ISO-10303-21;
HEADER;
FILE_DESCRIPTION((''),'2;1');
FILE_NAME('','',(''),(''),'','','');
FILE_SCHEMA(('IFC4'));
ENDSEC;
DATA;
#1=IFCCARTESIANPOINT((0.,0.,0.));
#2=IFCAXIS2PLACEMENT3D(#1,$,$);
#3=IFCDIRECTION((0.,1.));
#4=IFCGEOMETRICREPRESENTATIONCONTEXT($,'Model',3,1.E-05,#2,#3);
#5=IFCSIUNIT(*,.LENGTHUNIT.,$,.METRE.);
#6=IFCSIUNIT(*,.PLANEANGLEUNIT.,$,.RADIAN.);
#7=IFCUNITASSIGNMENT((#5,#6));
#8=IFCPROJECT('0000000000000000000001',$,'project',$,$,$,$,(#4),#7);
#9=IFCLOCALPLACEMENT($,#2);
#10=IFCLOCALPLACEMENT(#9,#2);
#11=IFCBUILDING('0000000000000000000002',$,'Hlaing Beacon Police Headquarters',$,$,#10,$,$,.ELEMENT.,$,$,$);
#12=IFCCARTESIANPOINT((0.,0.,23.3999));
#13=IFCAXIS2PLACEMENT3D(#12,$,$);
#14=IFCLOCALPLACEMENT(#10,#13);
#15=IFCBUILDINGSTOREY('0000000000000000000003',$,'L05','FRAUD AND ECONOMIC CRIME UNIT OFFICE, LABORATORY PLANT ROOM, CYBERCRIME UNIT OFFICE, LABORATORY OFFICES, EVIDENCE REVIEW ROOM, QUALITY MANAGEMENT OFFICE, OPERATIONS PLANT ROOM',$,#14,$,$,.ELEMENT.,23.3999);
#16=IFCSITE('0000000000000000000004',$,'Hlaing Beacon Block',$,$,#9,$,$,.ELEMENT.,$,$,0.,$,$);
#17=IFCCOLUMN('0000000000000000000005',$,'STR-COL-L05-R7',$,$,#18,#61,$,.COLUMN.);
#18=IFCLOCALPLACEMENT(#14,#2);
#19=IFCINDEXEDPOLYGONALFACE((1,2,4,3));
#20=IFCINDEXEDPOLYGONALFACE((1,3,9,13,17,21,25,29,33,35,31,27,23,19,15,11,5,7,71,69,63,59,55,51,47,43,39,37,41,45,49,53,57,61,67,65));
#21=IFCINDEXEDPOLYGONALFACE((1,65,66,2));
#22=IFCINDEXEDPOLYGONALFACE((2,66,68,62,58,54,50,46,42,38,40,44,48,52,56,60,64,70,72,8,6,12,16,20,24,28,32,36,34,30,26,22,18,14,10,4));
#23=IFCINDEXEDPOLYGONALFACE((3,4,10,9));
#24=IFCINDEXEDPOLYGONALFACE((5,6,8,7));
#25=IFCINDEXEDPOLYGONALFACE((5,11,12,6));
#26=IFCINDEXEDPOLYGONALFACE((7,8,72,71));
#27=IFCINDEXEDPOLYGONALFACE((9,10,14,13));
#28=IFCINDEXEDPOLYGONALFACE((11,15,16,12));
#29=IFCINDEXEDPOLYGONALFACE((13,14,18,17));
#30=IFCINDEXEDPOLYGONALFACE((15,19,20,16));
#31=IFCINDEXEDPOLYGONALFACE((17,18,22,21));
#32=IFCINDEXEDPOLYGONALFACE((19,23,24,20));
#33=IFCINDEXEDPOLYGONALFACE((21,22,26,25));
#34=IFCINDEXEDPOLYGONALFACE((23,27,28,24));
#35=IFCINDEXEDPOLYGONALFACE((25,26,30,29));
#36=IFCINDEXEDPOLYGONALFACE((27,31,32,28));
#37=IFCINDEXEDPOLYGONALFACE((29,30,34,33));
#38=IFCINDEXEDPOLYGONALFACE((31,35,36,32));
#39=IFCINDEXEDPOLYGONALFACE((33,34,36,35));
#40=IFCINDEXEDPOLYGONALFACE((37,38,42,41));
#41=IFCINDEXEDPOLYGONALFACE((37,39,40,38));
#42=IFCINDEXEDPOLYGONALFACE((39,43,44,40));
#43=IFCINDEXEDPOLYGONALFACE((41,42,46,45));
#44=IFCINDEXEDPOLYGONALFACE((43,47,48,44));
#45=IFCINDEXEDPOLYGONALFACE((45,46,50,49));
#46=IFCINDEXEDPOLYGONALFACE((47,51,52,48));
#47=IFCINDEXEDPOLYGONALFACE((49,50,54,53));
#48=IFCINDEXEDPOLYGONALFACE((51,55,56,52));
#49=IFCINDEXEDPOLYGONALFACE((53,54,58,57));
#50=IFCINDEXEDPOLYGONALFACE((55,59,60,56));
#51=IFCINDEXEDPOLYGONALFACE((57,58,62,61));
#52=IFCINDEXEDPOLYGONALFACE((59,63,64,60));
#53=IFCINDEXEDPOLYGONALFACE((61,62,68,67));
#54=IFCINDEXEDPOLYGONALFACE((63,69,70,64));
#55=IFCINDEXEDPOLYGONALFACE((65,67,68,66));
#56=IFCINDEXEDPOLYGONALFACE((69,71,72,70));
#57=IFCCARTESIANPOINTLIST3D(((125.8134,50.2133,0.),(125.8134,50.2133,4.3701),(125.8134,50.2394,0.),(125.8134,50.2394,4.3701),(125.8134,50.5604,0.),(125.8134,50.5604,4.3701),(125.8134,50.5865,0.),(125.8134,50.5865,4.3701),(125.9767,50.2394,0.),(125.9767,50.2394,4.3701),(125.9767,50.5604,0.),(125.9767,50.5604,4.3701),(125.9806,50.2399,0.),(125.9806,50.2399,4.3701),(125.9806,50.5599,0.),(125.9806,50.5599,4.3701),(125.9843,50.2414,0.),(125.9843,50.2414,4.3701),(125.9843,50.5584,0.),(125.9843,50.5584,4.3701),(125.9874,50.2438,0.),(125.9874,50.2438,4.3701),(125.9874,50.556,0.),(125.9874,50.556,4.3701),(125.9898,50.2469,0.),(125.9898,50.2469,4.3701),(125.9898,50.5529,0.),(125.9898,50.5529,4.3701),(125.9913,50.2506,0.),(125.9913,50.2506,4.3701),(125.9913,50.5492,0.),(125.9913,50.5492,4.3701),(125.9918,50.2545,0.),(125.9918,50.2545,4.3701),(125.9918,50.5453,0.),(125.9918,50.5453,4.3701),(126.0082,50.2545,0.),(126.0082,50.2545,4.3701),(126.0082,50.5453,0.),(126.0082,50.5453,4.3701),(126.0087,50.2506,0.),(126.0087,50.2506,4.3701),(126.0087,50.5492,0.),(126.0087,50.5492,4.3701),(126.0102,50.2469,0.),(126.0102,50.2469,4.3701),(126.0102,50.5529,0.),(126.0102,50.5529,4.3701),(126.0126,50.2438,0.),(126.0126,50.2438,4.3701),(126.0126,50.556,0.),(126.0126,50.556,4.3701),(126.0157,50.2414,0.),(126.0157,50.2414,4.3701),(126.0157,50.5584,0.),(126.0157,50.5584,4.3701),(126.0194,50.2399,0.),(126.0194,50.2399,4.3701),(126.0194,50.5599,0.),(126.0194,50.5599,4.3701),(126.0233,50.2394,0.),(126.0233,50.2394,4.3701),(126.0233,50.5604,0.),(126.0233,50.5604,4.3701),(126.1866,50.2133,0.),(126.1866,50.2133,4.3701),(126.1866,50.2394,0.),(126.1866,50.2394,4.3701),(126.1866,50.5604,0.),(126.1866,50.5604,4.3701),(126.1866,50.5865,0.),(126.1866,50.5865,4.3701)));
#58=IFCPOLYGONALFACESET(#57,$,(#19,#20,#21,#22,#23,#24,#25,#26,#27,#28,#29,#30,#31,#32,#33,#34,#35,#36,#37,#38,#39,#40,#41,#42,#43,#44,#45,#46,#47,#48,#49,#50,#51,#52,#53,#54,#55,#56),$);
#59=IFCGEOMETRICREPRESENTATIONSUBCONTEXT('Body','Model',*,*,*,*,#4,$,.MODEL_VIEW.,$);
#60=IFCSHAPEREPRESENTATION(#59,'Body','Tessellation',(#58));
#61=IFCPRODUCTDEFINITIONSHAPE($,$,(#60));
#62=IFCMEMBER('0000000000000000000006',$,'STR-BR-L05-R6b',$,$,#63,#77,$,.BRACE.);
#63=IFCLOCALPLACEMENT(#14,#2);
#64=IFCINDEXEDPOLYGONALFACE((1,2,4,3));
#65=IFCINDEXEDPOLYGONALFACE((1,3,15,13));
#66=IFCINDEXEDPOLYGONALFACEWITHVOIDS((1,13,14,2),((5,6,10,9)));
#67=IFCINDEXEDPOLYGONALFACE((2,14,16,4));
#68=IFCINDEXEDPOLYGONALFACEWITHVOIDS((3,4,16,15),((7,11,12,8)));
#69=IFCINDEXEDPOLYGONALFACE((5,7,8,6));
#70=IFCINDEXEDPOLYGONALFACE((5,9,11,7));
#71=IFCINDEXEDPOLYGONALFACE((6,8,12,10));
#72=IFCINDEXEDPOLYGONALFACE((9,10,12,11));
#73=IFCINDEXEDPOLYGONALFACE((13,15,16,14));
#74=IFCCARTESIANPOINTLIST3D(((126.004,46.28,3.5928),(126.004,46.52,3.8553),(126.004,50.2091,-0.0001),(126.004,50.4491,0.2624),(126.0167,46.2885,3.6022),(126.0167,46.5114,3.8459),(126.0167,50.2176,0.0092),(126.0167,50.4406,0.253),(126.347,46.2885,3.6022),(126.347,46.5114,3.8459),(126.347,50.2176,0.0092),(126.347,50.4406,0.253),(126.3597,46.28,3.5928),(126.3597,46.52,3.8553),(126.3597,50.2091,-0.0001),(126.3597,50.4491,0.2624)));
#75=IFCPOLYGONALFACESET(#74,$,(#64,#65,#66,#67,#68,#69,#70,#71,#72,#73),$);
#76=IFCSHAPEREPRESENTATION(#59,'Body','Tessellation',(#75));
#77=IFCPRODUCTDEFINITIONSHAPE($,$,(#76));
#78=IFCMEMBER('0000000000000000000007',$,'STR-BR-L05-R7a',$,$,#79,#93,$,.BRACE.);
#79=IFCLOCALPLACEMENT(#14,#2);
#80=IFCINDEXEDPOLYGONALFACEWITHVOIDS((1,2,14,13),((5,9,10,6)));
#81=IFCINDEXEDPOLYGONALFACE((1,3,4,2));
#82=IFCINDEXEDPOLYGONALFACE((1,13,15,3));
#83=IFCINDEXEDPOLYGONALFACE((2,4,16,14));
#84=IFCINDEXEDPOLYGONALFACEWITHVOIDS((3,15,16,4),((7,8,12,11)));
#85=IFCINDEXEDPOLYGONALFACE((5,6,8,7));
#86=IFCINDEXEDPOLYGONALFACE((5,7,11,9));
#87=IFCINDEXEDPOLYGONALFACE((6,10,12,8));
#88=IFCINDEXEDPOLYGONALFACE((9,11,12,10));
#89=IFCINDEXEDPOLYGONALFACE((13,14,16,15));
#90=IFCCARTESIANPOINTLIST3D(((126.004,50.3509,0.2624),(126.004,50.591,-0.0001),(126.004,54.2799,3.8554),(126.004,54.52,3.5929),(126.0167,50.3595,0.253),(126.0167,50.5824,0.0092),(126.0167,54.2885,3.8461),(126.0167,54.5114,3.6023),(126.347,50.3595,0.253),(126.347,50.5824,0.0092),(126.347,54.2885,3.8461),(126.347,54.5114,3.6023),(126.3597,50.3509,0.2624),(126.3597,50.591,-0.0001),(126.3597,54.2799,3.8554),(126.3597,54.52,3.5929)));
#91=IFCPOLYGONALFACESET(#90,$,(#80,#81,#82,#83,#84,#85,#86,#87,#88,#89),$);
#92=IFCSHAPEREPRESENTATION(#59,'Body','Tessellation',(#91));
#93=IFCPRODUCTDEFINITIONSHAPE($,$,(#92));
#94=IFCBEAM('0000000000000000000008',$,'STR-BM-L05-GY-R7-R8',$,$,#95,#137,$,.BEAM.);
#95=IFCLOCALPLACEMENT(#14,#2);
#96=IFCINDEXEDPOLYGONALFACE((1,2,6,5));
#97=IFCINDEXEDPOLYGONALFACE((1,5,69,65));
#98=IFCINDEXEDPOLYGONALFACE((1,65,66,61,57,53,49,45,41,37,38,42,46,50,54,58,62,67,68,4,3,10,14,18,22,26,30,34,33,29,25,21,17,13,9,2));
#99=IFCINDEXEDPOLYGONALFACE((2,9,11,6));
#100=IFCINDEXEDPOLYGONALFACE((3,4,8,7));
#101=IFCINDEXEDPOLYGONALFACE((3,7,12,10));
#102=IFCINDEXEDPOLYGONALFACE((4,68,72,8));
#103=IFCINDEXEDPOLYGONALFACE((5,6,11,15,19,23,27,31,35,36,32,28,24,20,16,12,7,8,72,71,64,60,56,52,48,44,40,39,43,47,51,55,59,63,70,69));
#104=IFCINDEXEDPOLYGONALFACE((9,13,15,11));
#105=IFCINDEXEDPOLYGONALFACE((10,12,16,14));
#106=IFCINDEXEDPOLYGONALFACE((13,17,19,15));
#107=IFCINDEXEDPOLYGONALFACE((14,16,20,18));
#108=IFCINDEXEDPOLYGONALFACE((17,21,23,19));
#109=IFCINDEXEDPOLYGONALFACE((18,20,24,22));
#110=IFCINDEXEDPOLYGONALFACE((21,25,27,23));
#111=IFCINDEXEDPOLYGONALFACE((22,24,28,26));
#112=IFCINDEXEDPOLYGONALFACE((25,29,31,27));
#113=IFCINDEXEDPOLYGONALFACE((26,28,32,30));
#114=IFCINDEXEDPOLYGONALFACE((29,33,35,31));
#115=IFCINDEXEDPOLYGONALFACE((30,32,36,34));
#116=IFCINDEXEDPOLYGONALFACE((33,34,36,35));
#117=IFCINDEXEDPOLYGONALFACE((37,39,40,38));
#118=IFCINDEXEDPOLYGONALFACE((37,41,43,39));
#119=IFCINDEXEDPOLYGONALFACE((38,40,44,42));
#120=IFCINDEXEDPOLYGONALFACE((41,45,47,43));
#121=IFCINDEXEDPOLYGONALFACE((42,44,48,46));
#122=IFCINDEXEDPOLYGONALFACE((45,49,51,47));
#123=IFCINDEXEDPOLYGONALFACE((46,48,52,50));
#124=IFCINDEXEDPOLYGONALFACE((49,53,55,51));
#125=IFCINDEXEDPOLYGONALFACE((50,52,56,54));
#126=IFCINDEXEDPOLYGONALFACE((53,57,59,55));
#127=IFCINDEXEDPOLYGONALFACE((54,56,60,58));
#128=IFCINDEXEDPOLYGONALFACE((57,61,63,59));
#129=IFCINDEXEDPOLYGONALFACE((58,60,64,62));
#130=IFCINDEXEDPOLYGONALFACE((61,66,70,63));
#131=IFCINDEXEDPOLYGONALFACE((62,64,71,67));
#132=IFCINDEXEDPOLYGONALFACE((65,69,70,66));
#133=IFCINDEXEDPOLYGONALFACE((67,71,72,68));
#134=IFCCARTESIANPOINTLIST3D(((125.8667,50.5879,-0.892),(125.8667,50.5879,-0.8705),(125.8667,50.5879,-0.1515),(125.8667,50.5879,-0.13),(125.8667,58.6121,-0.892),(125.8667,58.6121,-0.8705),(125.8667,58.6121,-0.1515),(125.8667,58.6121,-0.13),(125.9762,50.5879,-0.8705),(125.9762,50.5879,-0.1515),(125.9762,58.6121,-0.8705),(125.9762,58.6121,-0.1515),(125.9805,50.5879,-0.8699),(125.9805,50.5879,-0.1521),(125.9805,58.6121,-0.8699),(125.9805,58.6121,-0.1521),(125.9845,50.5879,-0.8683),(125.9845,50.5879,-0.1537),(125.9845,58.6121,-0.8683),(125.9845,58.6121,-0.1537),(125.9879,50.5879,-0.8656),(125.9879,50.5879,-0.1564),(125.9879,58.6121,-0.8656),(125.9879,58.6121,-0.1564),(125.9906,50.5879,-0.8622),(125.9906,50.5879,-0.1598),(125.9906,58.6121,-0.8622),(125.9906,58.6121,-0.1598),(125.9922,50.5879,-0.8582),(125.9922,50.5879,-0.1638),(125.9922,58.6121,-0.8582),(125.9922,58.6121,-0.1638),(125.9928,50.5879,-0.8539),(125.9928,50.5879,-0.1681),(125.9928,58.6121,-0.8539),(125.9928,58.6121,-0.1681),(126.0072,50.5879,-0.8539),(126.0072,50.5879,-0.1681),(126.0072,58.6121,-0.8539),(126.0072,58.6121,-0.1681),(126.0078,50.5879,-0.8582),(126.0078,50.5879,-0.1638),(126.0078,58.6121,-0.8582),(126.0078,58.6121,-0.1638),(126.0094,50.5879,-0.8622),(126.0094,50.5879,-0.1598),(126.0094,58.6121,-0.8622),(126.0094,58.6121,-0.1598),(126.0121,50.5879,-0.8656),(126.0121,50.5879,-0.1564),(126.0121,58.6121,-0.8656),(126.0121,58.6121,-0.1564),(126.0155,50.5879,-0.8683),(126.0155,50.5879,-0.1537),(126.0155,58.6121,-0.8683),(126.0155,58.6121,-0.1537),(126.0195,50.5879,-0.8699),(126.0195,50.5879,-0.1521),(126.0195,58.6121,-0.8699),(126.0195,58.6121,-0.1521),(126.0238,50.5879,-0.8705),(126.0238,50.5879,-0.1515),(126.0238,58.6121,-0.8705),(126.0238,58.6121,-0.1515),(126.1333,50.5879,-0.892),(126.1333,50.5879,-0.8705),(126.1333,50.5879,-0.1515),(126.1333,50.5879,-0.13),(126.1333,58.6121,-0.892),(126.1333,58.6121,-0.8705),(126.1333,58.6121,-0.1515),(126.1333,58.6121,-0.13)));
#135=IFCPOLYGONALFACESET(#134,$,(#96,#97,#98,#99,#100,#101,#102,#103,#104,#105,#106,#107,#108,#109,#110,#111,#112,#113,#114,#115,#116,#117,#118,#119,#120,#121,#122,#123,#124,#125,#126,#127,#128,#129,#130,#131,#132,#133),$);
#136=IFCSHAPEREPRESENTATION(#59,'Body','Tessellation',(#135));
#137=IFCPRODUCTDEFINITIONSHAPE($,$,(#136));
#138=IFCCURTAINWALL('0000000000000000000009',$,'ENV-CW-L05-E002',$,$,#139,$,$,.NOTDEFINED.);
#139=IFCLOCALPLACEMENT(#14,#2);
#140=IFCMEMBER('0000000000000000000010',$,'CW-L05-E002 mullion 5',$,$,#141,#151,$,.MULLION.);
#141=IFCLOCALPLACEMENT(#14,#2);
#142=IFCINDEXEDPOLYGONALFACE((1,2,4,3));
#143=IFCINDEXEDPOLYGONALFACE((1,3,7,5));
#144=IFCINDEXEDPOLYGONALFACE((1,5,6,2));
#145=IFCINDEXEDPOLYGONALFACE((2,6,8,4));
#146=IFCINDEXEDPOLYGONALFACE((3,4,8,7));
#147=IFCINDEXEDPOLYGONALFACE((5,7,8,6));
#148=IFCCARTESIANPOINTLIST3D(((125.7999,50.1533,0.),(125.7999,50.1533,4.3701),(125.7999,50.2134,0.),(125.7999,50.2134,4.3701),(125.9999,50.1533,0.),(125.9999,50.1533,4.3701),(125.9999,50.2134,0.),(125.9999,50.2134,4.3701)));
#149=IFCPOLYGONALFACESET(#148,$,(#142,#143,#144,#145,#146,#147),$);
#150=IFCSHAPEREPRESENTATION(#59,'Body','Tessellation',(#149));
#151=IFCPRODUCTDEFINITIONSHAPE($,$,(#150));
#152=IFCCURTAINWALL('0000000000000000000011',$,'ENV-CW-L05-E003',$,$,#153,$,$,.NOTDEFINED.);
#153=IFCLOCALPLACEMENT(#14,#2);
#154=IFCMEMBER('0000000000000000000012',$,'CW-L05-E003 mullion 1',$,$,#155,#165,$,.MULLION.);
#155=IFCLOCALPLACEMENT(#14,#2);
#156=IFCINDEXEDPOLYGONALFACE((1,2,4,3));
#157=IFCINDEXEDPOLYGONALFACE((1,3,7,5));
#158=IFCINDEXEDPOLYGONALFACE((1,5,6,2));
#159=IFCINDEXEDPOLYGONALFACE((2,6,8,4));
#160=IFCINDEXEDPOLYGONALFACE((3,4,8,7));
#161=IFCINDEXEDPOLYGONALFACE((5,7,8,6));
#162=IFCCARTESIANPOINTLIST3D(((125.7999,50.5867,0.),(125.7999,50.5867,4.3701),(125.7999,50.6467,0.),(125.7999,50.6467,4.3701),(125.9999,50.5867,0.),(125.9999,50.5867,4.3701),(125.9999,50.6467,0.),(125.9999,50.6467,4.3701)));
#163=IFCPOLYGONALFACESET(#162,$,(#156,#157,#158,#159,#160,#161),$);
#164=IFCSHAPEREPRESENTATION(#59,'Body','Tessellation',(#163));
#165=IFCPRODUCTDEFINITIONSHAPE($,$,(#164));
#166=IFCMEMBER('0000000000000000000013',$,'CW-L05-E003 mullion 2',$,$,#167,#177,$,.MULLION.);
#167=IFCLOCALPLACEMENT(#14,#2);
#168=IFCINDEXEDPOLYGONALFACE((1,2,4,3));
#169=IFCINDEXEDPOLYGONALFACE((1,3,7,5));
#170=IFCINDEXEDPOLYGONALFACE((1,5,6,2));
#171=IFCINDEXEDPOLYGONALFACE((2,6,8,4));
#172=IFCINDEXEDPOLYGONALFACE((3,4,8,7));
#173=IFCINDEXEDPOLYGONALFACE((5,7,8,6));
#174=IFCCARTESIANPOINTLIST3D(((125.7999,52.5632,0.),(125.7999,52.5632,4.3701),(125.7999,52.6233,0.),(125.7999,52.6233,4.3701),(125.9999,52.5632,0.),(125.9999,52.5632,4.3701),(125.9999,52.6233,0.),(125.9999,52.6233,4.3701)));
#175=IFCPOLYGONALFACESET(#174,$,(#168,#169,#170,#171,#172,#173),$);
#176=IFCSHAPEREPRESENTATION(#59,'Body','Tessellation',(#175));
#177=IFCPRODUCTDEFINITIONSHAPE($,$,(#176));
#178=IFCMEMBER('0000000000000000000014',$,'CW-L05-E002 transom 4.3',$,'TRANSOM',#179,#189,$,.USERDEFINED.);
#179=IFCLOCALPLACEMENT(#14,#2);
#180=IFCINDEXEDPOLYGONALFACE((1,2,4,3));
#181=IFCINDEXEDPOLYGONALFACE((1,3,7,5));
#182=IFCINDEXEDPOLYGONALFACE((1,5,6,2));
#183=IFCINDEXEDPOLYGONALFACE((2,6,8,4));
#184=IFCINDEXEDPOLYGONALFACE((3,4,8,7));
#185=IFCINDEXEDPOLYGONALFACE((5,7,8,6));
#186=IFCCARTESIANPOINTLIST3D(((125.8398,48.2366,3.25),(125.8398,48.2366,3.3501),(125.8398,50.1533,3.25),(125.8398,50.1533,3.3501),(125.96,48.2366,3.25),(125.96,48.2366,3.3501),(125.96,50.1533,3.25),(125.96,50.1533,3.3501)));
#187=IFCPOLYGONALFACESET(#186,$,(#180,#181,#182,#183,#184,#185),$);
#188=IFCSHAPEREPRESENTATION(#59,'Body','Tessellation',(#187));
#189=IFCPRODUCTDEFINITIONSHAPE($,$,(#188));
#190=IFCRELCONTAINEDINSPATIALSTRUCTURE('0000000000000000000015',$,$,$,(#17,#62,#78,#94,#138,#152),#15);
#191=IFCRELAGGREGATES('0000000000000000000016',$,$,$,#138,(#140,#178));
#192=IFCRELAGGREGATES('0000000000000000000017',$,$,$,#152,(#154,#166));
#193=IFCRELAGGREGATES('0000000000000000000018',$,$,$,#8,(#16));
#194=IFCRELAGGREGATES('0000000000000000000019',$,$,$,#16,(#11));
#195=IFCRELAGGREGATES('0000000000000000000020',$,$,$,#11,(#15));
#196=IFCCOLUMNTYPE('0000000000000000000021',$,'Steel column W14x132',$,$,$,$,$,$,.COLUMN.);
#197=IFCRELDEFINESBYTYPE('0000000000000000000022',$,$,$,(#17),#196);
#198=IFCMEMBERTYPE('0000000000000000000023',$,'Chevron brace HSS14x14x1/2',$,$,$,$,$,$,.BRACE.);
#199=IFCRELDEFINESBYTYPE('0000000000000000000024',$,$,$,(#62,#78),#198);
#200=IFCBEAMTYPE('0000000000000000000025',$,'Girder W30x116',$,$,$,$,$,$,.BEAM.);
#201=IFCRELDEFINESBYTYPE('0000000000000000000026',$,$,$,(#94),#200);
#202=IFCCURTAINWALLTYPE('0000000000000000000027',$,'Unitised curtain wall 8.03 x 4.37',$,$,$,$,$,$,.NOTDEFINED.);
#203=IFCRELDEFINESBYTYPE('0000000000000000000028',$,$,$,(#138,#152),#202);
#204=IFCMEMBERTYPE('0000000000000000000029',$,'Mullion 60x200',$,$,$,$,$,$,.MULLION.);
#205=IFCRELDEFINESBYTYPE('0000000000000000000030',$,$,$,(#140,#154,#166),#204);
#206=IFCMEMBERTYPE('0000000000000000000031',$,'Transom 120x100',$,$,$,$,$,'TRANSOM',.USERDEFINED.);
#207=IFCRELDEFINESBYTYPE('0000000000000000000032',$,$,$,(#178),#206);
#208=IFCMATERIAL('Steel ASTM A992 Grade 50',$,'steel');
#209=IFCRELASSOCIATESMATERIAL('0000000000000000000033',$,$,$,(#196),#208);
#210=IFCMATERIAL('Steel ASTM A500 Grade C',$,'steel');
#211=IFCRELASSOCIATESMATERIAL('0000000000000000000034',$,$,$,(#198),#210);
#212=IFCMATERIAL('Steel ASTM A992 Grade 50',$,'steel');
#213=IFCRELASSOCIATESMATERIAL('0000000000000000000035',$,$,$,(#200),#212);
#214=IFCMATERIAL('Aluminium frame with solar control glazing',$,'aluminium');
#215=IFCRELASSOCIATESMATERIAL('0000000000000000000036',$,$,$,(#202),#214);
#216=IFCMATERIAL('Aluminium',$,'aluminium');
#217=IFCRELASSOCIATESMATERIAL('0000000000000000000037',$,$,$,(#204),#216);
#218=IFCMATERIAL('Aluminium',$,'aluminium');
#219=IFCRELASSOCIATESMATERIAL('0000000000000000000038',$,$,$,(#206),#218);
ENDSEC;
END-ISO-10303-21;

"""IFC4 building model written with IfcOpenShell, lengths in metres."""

from ifc_helpers import new_model, si_unit, direction, frame, origin, origin_2d, place, context, subcontext, project, spatial, rectangle, hollow_rectangle, i_section, extrude, material, material_profile, profile_set, type_object, element, aggregate, save


model = new_model("IFC4")

# Units and contexts
model_context = context("Model", 3, precision=1e-05, world=origin(), true_north=direction((0.0, 1.0)))
body_context = subcontext(model_context, "Body", "Model", "MODEL_VIEW")
ifc_project = project(units=[si_unit("LENGTHUNIT", "METRE"), si_unit("PLANEANGLEUNIT", "RADIAN")], contexts=[model_context])

# Site, building, storey
site_placement = place(None, origin())
site = spatial("IfcSite", under=ifc_project, at=site_placement, Name="Hlaing Beacon Block", CompositionType="ELEMENT", RefElevation=0.0)
building_placement = place(site_placement, origin())
building = spatial("IfcBuilding", under=site, at=building_placement, Name="Hlaing Beacon Police Headquarters", CompositionType="ELEMENT")
storey_placement = place(building_placement, frame((0.0, 0.0, 23.3999)))
storey = spatial("IfcBuildingStorey", under=building, at=storey_placement, Name="L05", Description="FRAUD AND ECONOMIC CRIME UNIT OFFICE, LABORATORY PLANT ROOM, CYBERCRIME UNIT OFFICE, LABORATORY OFFICES, EVIDENCE REVIEW ROOM, QUALITY MANAGEMENT OFFICE, OPERATIONS PLANT ROOM", CompositionType="ELEMENT", Elevation=23.3999)

# Column
ifc_material_1 = material(Name="Steel ASTM A992 Grade 50", Category="steel")
ifc_material_profile_1 = material_profile(ifc_material_1, i_section(OverallWidth=0.3733, OverallDepth=0.3733, WebThickness=0.0164, FlangeThickness=0.0261, FilletRadius=0.0151, at=origin_2d()), Name="W14x132")
ifc_profile_set_1 = profile_set([ifc_material_profile_1], Name="Steel ASTM A992 Grade 50")
column_type = type_object("IfcColumnType", Name="Steel column W14x132", PredefinedType="COLUMN", material=ifc_profile_set_1)
column_placement = place(storey_placement, frame((126.0, 50.3999, 0.0), z_axis=(0.0, 0.0, 1.0), x_axis=(1.0, 0.0, 0.0)))
element("IfcColumn", 1, at=column_placement, inside=storey, type_object=column_type, Name="STR-COL-L05-R7", PredefinedType="COLUMN", context=body_context, shape_type="SweptSolid", body=[
    extrude(i_section(OverallWidth=0.3733, OverallDepth=0.3733, WebThickness=0.0164, FlangeThickness=0.0261, FilletRadius=0.0151, at=origin_2d()), origin(), (0.0, 0.0, 1.0), 4.3701),
])

# Members
ifc_material_2 = material(Name="Steel ASTM A500 Grade C", Category="steel")
ifc_material_profile_2 = material_profile(ifc_material_2, hollow_rectangle(XDim=0.3557, YDim=0.3557, WallThickness=0.0127, at=origin_2d()), Name="HSS14x14x1/2")
ifc_profile_set_2 = profile_set([ifc_material_profile_2], Name="Steel ASTM A500 Grade C")
member_type_1 = type_object("IfcMemberType", Name="Chevron brace HSS14x14x1/2", PredefinedType="BRACE", material=ifc_profile_set_2)
for number, where, z_axis, x_axis, name in (
    (2, (126.1819, 50.3291, 0.1311), (0.0, -0.737972, 0.674831), (1.0, 0.0, 0.0), "STR-BR-L05-R6b"),
    (3, (126.1819, 50.4709, 0.1311), (0.0, 0.737951, 0.674854), (-1.0, 0.0, 0.0), "STR-BR-L05-R7a"),
):
    element("IfcMember", number, at=place(storey_placement, frame(where, z_axis=z_axis, x_axis=x_axis)), inside=storey, type_object=member_type_1, Name=name, PredefinedType="BRACE", context=body_context, shape_type="SweptSolid", body=[
        extrude(hollow_rectangle(XDim=0.3557, YDim=0.3557, WallThickness=0.0127, at=origin_2d()), origin(), (0.0, 0.0, 1.0), 5.3242),
    ])

# Beam
ifc_material_3 = material(Name="Steel ASTM A992 Grade 50", Category="steel")
ifc_material_profile_3 = material_profile(ifc_material_3, i_section(OverallWidth=0.2666, OverallDepth=0.762, WebThickness=0.0144, FlangeThickness=0.0215, FilletRadius=0.0166, at=origin_2d()), Name="W30x116")
ifc_profile_set_3 = profile_set([ifc_material_profile_3], Name="Steel ASTM A992 Grade 50")
beam_type = type_object("IfcBeamType", Name="Girder W30x116", PredefinedType="BEAM", material=ifc_profile_set_3)
beam_placement = place(storey_placement, frame((126.0, 50.5879, -0.511), z_axis=(0.0, 1.0, 0.0), x_axis=(-1.0, 0.0, 0.0)))
element("IfcBeam", 4, at=beam_placement, inside=storey, type_object=beam_type, Name="STR-BM-L05-GY-R7-R8", PredefinedType="BEAM", context=body_context, shape_type="SweptSolid", body=[
    extrude(i_section(OverallWidth=0.2666, OverallDepth=0.762, WebThickness=0.0144, FlangeThickness=0.0215, FilletRadius=0.0166, at=origin_2d()), origin(), (0.0, 0.0, 1.0), 8.0242),
])

# Curtain wall, member
ifc_material_4 = material(Name="Aluminium frame with solar control glazing", Category="aluminium")
curtain_wall_type = type_object("IfcCurtainWallType", Name="Unitised curtain wall 8.03 x 4.37", PredefinedType="NOTDEFINED", material=ifc_material_4)
curtain_wall_1_placement = place(storey_placement, origin())
curtain_wall_1 = element("IfcCurtainWall", 5, at=curtain_wall_1_placement, inside=storey, type_object=curtain_wall_type, Name="ENV-CW-L05-E002", PredefinedType="NOTDEFINED")
ifc_material_5 = material(Name="Aluminium", Category="aluminium")
ifc_material_profile_4 = material_profile(ifc_material_5, rectangle(XDim=0.2, YDim=0.0601, at=origin_2d()), Name="Mullion 60x200")
ifc_profile_set_4 = profile_set([ifc_material_profile_4], Name="Aluminium")
member_type_2 = type_object("IfcMemberType", Name="Mullion 60x200", PredefinedType="MULLION", material=ifc_profile_set_4)
member_1_placement = place(storey_placement, frame((125.8999, 50.1833, 0.0), z_axis=(0.0, 0.0, 1.0), x_axis=(-1.0, 0.0, 0.0)))
member_1 = element("IfcMember", 6, at=member_1_placement, type_object=member_type_2, Name="CW-L05-E002 mullion 5", PredefinedType="MULLION", context=body_context, shape_type="SweptSolid", body=[
    extrude(rectangle(XDim=0.2, YDim=0.0601, at=origin_2d()), origin(), (0.0, 0.0, 1.0), 4.3701),
])

# Curtain wall, members
curtain_wall_2_placement = place(storey_placement, origin())
curtain_wall_2 = element("IfcCurtainWall", 7, at=curtain_wall_2_placement, inside=storey, type_object=curtain_wall_type, Name="ENV-CW-L05-E003", PredefinedType="NOTDEFINED")
member_2_placement = place(storey_placement, frame((125.8999, 50.6167, 0.0), z_axis=(0.0, 0.0, 1.0), x_axis=(-1.0, 0.0, 0.0)))
member_2 = element("IfcMember", 8, at=member_2_placement, type_object=member_type_2, Name="CW-L05-E003 mullion 1", PredefinedType="MULLION", context=body_context, shape_type="SweptSolid", body=[
    extrude(rectangle(XDim=0.2, YDim=0.0601, at=origin_2d()), origin(), (0.0, 0.0, 1.0), 4.3701),
])
member_3_placement = place(storey_placement, frame((125.8999, 52.5933, 0.0), z_axis=(0.0, 0.0, 1.0), x_axis=(-1.0, 0.0, 0.0)))
member_3 = element("IfcMember", 9, at=member_3_placement, type_object=member_type_2, Name="CW-L05-E003 mullion 2", PredefinedType="MULLION", context=body_context, shape_type="SweptSolid", body=[
    extrude(rectangle(XDim=0.2, YDim=0.0601, at=origin_2d()), origin(), (0.0, 0.0, 1.0), 4.3701),
])

# Member
ifc_material_6 = material(Name="Aluminium", Category="aluminium")
ifc_material_profile_5 = material_profile(ifc_material_6, rectangle(XDim=0.1201, YDim=0.1001, at=origin_2d()), Name="Transom 120x100")
ifc_profile_set_5 = profile_set([ifc_material_profile_5], Name="Aluminium")
member_type_3 = type_object("IfcMemberType", Name="Transom 120x100", ElementType="TRANSOM", PredefinedType="USERDEFINED", material=ifc_profile_set_5)
member_4_placement = place(storey_placement, frame((125.8999, 48.2366, 3.3), z_axis=(0.0, 1.0, 0.0), x_axis=(-1.0, 0.0, 0.0)))
member_4 = element("IfcMember", 10, at=member_4_placement, type_object=member_type_3, Name="CW-L05-E002 transom 4.3", ObjectType="TRANSOM", PredefinedType="USERDEFINED", context=body_context, shape_type="SweptSolid", body=[
    extrude(rectangle(XDim=0.1201, YDim=0.1001, at=origin_2d()), origin(), (0.0, 0.0, 1.0), 1.9167),
])

aggregate(curtain_wall_1, [member_1, member_4])
aggregate(curtain_wall_2, [member_2, member_3])

save(model, "model.ifc")
